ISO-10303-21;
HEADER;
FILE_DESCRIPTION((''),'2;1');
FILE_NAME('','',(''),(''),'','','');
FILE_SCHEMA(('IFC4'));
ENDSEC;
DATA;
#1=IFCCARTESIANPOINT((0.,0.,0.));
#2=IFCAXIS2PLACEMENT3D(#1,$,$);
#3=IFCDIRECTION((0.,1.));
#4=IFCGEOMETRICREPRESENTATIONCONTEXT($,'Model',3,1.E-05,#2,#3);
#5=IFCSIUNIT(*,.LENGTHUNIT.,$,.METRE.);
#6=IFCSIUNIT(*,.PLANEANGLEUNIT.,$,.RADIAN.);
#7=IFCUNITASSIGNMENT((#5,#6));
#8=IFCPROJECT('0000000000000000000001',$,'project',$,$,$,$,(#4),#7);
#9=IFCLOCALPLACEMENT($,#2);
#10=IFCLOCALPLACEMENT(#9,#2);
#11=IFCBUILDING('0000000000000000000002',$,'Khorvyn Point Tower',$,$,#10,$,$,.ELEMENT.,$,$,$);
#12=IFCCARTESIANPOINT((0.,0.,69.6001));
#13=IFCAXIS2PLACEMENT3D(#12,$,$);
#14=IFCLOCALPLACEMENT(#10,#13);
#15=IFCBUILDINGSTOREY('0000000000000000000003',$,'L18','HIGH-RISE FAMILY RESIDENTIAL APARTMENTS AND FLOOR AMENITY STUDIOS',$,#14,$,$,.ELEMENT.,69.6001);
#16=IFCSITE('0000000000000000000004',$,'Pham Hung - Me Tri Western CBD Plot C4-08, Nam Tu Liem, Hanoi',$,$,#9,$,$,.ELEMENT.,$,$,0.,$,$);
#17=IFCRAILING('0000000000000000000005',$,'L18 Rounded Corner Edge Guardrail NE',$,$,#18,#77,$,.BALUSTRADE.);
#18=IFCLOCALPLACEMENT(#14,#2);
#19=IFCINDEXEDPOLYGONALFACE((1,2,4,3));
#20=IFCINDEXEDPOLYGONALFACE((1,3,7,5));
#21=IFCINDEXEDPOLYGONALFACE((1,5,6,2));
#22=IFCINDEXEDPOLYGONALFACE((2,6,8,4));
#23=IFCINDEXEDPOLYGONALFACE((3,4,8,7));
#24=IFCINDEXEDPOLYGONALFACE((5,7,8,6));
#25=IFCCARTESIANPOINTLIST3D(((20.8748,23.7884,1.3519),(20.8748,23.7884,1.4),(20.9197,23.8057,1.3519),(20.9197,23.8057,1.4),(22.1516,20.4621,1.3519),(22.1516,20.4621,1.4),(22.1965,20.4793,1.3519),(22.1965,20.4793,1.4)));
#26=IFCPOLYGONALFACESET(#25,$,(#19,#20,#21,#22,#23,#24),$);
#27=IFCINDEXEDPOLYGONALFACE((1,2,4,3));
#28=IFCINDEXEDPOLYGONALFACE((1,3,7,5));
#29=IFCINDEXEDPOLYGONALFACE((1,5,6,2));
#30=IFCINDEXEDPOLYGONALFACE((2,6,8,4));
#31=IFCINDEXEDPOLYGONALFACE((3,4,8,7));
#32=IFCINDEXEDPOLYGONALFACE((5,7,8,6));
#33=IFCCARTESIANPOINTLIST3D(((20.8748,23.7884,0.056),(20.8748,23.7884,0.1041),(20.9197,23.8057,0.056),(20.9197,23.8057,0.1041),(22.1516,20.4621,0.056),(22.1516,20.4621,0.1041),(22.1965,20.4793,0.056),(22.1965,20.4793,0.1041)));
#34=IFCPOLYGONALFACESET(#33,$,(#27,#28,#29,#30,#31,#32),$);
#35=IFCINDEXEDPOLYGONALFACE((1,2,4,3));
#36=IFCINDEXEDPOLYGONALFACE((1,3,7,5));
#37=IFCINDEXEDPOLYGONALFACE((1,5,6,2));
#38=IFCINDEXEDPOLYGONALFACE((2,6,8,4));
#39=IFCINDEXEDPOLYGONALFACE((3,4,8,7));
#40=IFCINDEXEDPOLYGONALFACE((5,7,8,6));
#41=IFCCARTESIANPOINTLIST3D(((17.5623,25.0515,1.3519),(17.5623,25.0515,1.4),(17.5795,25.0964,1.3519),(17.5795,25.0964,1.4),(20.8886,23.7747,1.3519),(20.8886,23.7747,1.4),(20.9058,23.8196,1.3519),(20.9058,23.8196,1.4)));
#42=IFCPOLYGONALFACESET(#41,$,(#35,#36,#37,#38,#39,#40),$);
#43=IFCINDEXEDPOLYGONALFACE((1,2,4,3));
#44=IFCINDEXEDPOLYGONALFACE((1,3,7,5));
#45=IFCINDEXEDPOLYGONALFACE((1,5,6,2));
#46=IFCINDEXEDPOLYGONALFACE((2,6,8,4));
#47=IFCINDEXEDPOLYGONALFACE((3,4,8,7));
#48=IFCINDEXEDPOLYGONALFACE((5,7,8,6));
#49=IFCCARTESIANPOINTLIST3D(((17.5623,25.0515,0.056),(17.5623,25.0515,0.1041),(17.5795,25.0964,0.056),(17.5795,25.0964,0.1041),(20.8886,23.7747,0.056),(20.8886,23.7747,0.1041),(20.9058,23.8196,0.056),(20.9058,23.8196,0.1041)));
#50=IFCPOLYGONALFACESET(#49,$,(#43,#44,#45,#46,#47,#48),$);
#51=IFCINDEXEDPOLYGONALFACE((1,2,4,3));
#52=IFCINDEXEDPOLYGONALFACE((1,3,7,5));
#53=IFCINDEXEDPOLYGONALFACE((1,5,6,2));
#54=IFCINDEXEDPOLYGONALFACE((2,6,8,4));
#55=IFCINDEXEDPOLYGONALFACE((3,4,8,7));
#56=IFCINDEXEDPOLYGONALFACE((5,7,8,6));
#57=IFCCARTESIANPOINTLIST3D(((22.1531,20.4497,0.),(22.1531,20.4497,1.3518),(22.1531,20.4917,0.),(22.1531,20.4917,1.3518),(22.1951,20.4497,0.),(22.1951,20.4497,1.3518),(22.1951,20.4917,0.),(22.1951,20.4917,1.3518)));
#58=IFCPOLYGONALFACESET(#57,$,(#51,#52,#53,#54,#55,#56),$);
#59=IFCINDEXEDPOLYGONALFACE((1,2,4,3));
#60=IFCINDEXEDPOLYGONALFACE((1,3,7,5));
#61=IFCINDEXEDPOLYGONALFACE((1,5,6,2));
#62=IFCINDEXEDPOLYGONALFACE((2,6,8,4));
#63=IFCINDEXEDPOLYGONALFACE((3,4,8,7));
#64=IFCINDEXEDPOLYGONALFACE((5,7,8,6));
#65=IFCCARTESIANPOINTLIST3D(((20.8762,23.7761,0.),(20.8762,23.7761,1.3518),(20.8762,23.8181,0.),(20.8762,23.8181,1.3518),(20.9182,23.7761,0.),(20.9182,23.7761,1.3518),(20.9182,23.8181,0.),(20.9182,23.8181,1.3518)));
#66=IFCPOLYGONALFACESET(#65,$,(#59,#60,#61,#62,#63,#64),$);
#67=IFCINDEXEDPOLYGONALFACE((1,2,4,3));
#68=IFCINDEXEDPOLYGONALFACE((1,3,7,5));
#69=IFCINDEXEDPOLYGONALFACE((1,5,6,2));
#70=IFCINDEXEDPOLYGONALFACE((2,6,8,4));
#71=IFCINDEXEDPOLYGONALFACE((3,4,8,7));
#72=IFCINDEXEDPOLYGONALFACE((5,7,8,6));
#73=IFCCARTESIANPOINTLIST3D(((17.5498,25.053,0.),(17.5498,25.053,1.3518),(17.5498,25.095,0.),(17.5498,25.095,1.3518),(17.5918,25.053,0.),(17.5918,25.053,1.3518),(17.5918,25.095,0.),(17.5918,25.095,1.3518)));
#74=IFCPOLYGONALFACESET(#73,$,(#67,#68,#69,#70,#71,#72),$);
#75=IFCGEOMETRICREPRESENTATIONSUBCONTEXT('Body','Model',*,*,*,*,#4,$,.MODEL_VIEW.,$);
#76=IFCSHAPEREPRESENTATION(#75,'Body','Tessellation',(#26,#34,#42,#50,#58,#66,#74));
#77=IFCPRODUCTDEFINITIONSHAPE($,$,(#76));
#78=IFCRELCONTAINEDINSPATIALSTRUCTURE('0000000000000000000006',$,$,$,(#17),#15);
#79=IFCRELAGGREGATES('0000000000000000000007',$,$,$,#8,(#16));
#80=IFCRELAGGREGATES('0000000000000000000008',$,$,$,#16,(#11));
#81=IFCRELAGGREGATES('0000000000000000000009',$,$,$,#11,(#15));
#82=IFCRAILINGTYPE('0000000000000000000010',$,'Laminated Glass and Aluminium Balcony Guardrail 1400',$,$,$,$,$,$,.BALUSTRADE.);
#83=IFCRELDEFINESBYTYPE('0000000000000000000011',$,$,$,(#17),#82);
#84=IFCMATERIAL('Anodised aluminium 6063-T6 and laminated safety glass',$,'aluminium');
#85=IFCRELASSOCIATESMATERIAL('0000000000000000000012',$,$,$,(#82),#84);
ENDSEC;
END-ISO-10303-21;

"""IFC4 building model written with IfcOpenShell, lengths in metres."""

from ifc_helpers import new_model, si_unit, direction, frame, origin, origin_2d, place, context, subcontext, project, spatial, rectangle, extrude, material, type_object, element, save


model = new_model("IFC4")

# Units and contexts
model_context = context("Model", 3, precision=1e-05, world=origin(), true_north=direction((0.0, 1.0)))
body_context = subcontext(model_context, "Body", "Model", "MODEL_VIEW")
ifc_project = project(units=[si_unit("LENGTHUNIT", "METRE"), si_unit("PLANEANGLEUNIT", "RADIAN")], contexts=[model_context])

# Site, building, storey
site_placement = place(None, origin())
site = spatial("IfcSite", under=ifc_project, at=site_placement, Name="Pham Hung - Me Tri Western CBD Plot C4-08, Nam Tu Liem, Hanoi", CompositionType="ELEMENT", RefElevation=0.0)
building_placement = place(site_placement, origin())
building = spatial("IfcBuilding", under=site, at=building_placement, Name="Khorvyn Point Tower", CompositionType="ELEMENT")
storey_placement = place(building_placement, frame((0.0, 0.0, 69.6001)))
storey = spatial("IfcBuildingStorey", under=building, at=storey_placement, Name="L18", Description="HIGH-RISE FAMILY RESIDENTIAL APARTMENTS AND FLOOR AMENITY STUDIOS", CompositionType="ELEMENT", Elevation=69.6001)

# Railing
ifc_material_1 = material(Name="Anodised aluminium 6063-T6 and laminated safety glass", Category="aluminium")
railing_type = type_object("IfcRailingType", Name="Laminated Glass and Aluminium Balcony Guardrail 1400", PredefinedType="BALUSTRADE", material=ifc_material_1)
railing_placement = place(storey_placement, frame((22.1741, 20.4707, 0.0)))
element("IfcRailing", 1, at=railing_placement, inside=storey, type_object=railing_type, Name="L18 Rounded Corner Edge Guardrail NE", PredefinedType="BALUSTRADE", context=body_context, shape_type="SweptSolid", body=[
    extrude(rectangle(XDim=0.0481, YDim=0.0481, at=origin_2d()), frame((0.0, 0.0, 1.376), z_axis=(-0.358359, 0.933584, 0.0), x_axis=(-0.933584, -0.358359, 0.0)), (0.0, 0.0, 1.0), 3.563),
    extrude(rectangle(XDim=0.0481, YDim=0.0481, at=origin_2d()), frame((0.0, 0.0, 0.0801), z_axis=(-0.358359, 0.933584, 0.0), x_axis=(-0.933584, -0.358359, 0.0)), (0.0, 0.0, 1.0), 3.563),
    extrude(rectangle(XDim=0.0481, YDim=0.0481, at=origin_2d()), frame((-1.2769, 3.3264, 1.376), z_axis=(-0.933584, 0.358359, 0.0), x_axis=(-0.358359, -0.933584, 0.0)), (0.0, 0.0, 1.0), 3.563),
    extrude(rectangle(XDim=0.0481, YDim=0.0481, at=origin_2d()), frame((-1.2769, 3.3264, 0.0801), z_axis=(-0.933584, 0.358359, 0.0), x_axis=(-0.358359, -0.933584, 0.0)), (0.0, 0.0, 1.0), 3.563),
    extrude(rectangle(XDim=0.042, YDim=0.042, at=origin_2d()), origin(), (0.0, 0.0, 1.0), 1.3518),
    extrude(rectangle(XDim=0.042, YDim=0.042, at=origin_2d()), frame((-1.2769, 3.3264, 0.0)), (0.0, 0.0, 1.0), 1.3518),
    extrude(rectangle(XDim=0.042, YDim=0.042, at=origin_2d()), frame((-4.6033, 4.6033, 0.0)), (0.0, 0.0, 1.0), 1.3518),
])

save(model, "model.ifc")
